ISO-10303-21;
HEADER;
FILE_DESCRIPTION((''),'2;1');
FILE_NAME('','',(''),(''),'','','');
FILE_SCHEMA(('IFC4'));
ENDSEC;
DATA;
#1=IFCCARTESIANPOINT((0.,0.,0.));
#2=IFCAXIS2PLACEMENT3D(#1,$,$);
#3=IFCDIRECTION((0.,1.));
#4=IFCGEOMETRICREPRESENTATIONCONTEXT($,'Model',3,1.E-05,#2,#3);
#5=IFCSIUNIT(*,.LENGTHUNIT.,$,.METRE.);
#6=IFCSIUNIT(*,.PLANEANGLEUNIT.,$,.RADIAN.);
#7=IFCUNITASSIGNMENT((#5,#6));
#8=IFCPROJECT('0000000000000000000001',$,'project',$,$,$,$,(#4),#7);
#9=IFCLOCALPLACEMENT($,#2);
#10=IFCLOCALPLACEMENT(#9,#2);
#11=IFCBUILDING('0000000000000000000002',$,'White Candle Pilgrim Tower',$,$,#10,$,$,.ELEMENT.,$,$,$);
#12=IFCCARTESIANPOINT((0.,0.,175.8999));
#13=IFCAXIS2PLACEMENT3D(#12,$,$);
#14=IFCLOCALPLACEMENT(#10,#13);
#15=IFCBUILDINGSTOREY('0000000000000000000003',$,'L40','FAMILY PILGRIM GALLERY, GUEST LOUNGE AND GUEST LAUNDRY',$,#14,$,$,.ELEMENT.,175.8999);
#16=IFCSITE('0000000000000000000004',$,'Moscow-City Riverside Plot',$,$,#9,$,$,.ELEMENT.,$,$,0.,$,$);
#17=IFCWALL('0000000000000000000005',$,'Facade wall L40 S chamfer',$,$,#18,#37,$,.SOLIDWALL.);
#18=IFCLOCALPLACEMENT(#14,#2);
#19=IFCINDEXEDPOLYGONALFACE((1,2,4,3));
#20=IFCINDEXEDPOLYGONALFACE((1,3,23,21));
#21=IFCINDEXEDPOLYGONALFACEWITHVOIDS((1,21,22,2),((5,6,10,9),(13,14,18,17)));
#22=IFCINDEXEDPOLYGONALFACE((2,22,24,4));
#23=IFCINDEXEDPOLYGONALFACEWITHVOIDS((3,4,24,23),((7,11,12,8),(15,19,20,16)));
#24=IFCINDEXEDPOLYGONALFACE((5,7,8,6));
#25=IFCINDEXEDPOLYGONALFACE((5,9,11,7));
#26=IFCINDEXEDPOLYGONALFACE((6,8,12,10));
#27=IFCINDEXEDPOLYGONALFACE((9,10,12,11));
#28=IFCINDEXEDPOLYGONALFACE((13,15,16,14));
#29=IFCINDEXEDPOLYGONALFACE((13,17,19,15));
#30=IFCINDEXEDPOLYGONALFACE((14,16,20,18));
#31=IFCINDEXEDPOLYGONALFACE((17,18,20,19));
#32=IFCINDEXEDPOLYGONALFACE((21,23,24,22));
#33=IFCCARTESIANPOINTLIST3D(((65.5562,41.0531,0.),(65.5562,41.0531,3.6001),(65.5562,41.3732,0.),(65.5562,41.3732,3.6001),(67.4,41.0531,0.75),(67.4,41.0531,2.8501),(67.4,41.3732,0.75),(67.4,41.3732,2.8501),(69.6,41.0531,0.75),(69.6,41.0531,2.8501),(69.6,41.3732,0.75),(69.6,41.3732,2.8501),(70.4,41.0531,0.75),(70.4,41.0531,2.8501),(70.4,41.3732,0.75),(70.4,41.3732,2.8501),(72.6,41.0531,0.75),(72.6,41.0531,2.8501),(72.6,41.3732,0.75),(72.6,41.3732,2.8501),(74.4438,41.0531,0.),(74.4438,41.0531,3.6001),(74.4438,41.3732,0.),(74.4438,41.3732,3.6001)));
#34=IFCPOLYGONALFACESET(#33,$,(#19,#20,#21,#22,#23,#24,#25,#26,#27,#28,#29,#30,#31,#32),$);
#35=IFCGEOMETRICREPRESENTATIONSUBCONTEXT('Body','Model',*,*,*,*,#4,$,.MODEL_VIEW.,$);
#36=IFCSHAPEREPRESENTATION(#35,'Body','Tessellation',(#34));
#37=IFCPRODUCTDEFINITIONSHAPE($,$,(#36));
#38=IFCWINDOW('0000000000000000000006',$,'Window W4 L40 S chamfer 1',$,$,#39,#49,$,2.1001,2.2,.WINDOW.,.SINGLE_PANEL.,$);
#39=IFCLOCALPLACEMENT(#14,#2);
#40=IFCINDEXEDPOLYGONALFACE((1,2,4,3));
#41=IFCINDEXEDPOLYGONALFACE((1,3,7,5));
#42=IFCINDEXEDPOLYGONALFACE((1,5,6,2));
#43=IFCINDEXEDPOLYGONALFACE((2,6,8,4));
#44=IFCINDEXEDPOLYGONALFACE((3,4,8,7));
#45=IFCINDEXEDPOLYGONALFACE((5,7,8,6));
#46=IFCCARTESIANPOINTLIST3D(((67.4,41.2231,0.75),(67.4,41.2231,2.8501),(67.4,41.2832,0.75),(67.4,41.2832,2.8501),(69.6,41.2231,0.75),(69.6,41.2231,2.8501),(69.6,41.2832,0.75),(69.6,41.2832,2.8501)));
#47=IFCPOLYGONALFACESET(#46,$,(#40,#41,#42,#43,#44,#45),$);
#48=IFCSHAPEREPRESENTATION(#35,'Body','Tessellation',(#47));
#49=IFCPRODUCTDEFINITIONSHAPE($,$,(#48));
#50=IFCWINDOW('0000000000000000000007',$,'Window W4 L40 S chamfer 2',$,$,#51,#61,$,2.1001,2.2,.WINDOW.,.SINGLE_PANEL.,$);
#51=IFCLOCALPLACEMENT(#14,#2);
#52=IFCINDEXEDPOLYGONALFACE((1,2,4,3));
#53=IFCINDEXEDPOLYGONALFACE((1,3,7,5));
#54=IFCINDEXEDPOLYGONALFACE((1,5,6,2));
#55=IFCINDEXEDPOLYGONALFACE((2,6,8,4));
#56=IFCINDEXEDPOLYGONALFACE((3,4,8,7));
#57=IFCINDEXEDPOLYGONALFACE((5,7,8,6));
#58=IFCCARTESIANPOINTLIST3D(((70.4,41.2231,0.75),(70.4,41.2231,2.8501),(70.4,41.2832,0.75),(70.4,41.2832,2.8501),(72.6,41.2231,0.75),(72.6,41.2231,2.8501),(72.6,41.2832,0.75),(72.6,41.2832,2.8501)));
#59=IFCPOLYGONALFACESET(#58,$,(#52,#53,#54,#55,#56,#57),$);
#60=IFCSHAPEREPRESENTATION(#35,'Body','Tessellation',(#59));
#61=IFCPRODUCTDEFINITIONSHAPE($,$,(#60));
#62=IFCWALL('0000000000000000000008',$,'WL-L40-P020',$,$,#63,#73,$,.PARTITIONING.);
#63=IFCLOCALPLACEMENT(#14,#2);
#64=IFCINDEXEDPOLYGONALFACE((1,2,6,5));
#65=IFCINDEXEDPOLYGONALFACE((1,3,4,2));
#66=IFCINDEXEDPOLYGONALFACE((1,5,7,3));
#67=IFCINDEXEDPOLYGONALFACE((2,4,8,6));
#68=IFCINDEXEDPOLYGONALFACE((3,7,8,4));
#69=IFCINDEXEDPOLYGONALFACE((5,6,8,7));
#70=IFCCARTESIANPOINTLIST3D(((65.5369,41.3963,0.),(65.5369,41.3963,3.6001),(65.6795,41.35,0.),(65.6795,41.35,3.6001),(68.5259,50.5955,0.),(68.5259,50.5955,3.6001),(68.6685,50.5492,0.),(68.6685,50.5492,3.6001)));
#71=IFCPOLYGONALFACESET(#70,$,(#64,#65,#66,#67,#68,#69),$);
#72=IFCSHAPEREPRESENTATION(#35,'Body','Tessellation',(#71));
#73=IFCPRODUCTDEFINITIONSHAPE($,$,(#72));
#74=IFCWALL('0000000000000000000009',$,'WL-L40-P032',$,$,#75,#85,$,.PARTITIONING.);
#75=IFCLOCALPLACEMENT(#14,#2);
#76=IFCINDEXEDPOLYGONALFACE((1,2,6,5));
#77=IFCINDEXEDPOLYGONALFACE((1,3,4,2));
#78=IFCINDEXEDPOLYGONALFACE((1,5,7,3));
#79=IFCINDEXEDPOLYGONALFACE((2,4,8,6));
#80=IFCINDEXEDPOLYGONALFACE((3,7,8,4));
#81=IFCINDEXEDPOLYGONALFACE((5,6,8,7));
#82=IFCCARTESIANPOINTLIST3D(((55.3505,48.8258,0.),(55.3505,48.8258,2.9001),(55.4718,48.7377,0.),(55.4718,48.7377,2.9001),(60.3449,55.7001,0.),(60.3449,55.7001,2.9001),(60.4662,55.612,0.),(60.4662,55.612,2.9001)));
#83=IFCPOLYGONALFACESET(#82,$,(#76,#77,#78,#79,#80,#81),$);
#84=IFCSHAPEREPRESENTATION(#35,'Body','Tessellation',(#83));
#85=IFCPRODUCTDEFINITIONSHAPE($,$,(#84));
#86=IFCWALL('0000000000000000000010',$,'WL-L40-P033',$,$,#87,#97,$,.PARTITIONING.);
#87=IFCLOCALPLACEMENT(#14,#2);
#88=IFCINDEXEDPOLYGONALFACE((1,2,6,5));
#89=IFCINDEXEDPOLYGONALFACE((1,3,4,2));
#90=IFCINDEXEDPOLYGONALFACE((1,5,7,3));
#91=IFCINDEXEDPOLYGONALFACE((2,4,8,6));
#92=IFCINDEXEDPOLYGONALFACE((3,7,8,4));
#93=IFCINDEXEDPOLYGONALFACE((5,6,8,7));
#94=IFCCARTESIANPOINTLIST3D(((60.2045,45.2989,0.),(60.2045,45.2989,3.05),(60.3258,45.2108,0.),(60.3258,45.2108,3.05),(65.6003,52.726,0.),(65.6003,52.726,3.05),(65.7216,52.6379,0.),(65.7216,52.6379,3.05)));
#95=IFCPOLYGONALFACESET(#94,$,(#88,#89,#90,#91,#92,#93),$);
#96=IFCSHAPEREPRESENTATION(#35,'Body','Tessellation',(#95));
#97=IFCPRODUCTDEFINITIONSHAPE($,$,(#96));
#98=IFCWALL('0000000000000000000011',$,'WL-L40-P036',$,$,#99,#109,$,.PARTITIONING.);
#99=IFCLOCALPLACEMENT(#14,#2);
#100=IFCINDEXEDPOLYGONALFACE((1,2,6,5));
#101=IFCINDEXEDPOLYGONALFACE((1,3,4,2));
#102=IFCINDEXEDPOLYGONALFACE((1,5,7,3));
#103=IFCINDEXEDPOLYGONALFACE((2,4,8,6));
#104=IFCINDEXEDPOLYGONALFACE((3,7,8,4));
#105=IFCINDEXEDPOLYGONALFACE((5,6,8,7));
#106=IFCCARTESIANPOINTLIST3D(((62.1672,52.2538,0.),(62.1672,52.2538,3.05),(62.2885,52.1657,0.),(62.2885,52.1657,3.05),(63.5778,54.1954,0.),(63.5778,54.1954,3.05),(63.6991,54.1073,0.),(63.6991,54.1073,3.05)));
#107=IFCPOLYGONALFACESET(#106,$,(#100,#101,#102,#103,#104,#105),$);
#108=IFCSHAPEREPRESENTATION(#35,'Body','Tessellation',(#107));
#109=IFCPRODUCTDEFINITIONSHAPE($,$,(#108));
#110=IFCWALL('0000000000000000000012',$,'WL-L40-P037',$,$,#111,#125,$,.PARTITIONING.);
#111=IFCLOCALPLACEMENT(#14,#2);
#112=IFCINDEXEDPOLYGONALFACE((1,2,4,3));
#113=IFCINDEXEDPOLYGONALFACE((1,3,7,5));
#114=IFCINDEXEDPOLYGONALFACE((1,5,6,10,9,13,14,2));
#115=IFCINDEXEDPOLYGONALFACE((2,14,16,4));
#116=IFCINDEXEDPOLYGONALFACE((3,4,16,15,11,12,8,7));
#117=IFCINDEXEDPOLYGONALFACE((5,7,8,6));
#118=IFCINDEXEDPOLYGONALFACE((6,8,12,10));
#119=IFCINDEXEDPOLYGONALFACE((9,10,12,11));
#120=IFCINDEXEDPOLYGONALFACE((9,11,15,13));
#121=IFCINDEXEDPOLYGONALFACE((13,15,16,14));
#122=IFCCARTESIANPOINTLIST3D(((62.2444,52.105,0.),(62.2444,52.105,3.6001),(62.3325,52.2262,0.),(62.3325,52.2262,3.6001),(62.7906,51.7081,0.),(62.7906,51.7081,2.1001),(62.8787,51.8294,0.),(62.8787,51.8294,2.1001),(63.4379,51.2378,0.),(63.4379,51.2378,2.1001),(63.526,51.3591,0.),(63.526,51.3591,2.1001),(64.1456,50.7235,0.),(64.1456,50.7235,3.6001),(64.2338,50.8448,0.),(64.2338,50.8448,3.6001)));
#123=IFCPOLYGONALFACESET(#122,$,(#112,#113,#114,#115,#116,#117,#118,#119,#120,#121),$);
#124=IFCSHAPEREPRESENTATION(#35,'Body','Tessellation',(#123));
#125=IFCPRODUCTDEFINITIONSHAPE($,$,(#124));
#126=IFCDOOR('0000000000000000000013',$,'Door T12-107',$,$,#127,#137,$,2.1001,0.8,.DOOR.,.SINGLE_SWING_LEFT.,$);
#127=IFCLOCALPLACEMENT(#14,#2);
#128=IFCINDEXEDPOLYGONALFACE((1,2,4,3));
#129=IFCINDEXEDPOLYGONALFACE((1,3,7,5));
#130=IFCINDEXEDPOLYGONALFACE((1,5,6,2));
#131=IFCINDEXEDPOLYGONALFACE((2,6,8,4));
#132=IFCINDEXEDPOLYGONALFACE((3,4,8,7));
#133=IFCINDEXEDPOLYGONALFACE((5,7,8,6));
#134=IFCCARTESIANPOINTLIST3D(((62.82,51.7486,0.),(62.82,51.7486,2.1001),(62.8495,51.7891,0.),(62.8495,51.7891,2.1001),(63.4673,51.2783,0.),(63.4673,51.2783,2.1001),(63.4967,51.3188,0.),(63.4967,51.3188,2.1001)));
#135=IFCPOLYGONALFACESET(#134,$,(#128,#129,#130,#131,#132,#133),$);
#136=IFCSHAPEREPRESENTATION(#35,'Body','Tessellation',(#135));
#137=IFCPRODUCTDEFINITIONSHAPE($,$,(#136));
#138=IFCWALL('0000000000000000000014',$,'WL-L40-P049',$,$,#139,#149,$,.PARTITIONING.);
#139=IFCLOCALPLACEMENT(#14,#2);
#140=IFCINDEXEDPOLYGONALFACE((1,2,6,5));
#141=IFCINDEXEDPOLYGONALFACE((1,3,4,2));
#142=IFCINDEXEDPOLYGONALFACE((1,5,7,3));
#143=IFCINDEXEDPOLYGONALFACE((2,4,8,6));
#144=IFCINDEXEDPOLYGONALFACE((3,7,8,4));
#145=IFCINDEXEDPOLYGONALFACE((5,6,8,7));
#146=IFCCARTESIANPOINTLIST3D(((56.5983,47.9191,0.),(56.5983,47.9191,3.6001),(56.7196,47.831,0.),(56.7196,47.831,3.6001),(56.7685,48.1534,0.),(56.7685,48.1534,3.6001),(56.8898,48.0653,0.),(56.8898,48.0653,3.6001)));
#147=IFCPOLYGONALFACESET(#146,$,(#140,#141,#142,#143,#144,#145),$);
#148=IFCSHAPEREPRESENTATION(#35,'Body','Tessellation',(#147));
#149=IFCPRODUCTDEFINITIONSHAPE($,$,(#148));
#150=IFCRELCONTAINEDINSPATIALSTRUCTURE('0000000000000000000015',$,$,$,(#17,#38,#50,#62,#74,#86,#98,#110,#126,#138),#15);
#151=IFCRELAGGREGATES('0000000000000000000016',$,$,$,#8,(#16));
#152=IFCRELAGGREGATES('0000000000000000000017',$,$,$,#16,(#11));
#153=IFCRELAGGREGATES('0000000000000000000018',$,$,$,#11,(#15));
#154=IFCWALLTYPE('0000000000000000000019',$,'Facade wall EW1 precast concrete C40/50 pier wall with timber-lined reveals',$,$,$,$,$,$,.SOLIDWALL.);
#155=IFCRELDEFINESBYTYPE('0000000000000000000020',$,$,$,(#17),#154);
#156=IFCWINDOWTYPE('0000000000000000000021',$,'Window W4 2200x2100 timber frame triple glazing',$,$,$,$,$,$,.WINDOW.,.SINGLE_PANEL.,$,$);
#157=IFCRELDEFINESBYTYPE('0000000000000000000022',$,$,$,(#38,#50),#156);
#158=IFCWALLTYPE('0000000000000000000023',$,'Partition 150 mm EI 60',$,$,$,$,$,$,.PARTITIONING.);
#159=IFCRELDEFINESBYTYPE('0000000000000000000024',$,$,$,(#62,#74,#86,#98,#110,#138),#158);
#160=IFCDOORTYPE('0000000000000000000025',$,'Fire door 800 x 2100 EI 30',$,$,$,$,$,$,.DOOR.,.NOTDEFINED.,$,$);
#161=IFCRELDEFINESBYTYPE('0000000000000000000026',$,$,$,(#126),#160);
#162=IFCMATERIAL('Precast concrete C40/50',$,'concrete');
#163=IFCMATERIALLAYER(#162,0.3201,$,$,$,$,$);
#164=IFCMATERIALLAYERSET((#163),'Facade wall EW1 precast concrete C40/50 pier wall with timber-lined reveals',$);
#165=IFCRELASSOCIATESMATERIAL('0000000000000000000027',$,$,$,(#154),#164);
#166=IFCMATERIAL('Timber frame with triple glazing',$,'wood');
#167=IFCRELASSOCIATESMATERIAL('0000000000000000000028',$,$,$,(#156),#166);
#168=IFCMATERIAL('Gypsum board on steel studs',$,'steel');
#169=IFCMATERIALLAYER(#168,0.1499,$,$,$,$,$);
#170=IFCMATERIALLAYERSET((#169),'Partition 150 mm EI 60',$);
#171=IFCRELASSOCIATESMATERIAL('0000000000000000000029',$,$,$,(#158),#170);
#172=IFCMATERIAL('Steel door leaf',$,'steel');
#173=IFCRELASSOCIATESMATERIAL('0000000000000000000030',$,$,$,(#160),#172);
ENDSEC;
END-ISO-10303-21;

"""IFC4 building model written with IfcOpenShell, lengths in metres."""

from ifc_helpers import new_model, si_unit, direction, frame, frame_2d, origin, place, context, subcontext, project, spatial, rectangle, extrude, material, layer, layer_set, type_object, element, fill, save


model = new_model("IFC4")

# Units and contexts
model_context = context("Model", 3, precision=1e-05, world=origin(), true_north=direction((0.0, 1.0)))
body_context = subcontext(model_context, "Body", "Model", "MODEL_VIEW")
ifc_project = project(units=[si_unit("LENGTHUNIT", "METRE"), si_unit("PLANEANGLEUNIT", "RADIAN")], contexts=[model_context])

# Site, building, storey
site_placement = place(None, origin())
site = spatial("IfcSite", under=ifc_project, at=site_placement, Name="Moscow-City Riverside Plot", CompositionType="ELEMENT", RefElevation=0.0)
building_placement = place(site_placement, origin())
building = spatial("IfcBuilding", under=site, at=building_placement, Name="White Candle Pilgrim Tower", CompositionType="ELEMENT")
storey_placement = place(building_placement, frame((0.0, 0.0, 175.8999)))
storey = spatial("IfcBuildingStorey", under=building, at=storey_placement, Name="L40", Description="FAMILY PILGRIM GALLERY, GUEST LOUNGE AND GUEST LAUNDRY", CompositionType="ELEMENT", Elevation=175.8999)

# Wall, openings, windows
ifc_material_1 = material(Name="Precast concrete C40/50", Category="concrete")
ifc_layer_1 = layer(ifc_material_1, 0.3201)
ifc_layer_set_1 = layer_set([ifc_layer_1], Name="Facade wall EW1 precast concrete C40/50 pier wall with timber-lined reveals")
wall_type_1 = type_object("IfcWallType", Name="Facade wall EW1 precast concrete C40/50 pier wall with timber-lined reveals", PredefinedType="SOLIDWALL", material=ifc_layer_set_1)
wall_1_placement = place(storey_placement, frame((65.5562, 41.2131, 0.0), z_axis=(0.0, 0.0, 1.0), x_axis=(1.0, 0.0, 0.0)))
wall_1 = element("IfcWall", 1, at=wall_1_placement, inside=storey, type_object=wall_type_1, Name="Facade wall L40 S chamfer", PredefinedType="SOLIDWALL", context=body_context, shape_type="SweptSolid", body=[
    extrude(rectangle(XDim=8.8877, YDim=0.3201, at=frame_2d((4.4438, 0.0))), origin(), (0.0, 0.0, 1.0), 3.6001),
])
opening_1_placement = place(wall_1_placement, frame((1.8438, 0.0, 0.75)))
opening_1 = element("IfcOpeningElement", 2, at=opening_1_placement, cuts=wall_1, PredefinedType="OPENING", context=body_context, shape_type="SweptSolid", body=[
    extrude(rectangle(XDim=2.2, YDim=2.1001, at=frame_2d((1.1001, 1.05))), frame((0.0, 0.1699, 0.0), z_axis=(0.0, -1.0, 0.0), x_axis=(1.0, 0.0, 0.0)), (0.0, 0.0, 1.0), 0.3401),
])
opening_2_placement = place(wall_1_placement, frame((4.8438, 0.0, 0.75)))
opening_2 = element("IfcOpeningElement", 3, at=opening_2_placement, cuts=wall_1, PredefinedType="OPENING", context=body_context, shape_type="SweptSolid", body=[
    extrude(rectangle(XDim=2.2, YDim=2.1001, at=frame_2d((1.1001, 1.05))), frame((0.0, 0.1699, 0.0), z_axis=(0.0, -1.0, 0.0), x_axis=(1.0, 0.0, 0.0)), (0.0, 0.0, 1.0), 0.3401),
])
ifc_material_2 = material(Name="Timber frame with triple glazing", Category="wood")
window_type = type_object("IfcWindowType", Name="Window W4 2200x2100 timber frame triple glazing", PartitioningType="SINGLE_PANEL", PredefinedType="WINDOW", material=ifc_material_2)
window_1_placement = place(opening_1_placement, origin())
window_1 = element("IfcWindow", 4, at=window_1_placement, inside=storey, type_object=window_type, Name="Window W4 L40 S chamfer 1", OverallHeight=2.1001, OverallWidth=2.2, PartitioningType="SINGLE_PANEL", PredefinedType="WINDOW", context=body_context, shape_type="SweptSolid", body=[
    extrude(rectangle(XDim=2.2, YDim=2.1001, at=frame_2d((1.1001, 1.05))), frame((0.0, 0.0701, 0.0), z_axis=(0.0, -1.0, 0.0), x_axis=(1.0, 0.0, 0.0)), (0.0, 0.0, 1.0), 0.0601),
])
fill(opening_1, window_1)
window_2_placement = place(opening_2_placement, origin())
window_2 = element("IfcWindow", 5, at=window_2_placement, inside=storey, type_object=window_type, Name="Window W4 L40 S chamfer 2", OverallHeight=2.1001, OverallWidth=2.2, PartitioningType="SINGLE_PANEL", PredefinedType="WINDOW", context=body_context, shape_type="SweptSolid", body=[
    extrude(rectangle(XDim=2.2, YDim=2.1001, at=frame_2d((1.1001, 1.05))), frame((0.0, 0.0701, 0.0), z_axis=(0.0, -1.0, 0.0), x_axis=(1.0, 0.0, 0.0)), (0.0, 0.0, 1.0), 0.0601),
])
fill(opening_2, window_2)

# Walls
ifc_material_3 = material(Name="Gypsum board on steel studs", Category="steel")
ifc_layer_2 = layer(ifc_material_3, 0.1499)
ifc_layer_set_2 = layer_set([ifc_layer_2], Name="Partition 150 mm EI 60")
wall_type_2 = type_object("IfcWallType", Name="Partition 150 mm EI 60", PredefinedType="PARTITIONING", material=ifc_layer_set_2)
wall_2_placement = place(storey_placement, frame((65.6082, 41.373, 0.0), z_axis=(0.0, 0.0, 1.0), x_axis=(0.309018, 0.951056, 0.0)))
element("IfcWall", 6, at=wall_2_placement, inside=storey, type_object=wall_type_2, Name="WL-L40-P020", PredefinedType="PARTITIONING", context=body_context, shape_type="SweptSolid", body=[
    extrude(rectangle(XDim=9.6726, YDim=0.1499, at=frame_2d((4.8364, 0.0))), origin(), (0.0, 0.0, 1.0), 3.6001),
])
wall_3_placement = place(storey_placement, frame((55.4111, 48.7817, 0.0), z_axis=(0.0, 0.0, 1.0), x_axis=(0.58778, 0.809021, 0.0)))
element("IfcWall", 7, at=wall_3_placement, inside=storey, type_object=wall_type_2, Name="WL-L40-P032", PredefinedType="PARTITIONING", context=body_context, shape_type="SweptSolid", body=[
    extrude(rectangle(XDim=8.4971, YDim=0.1499, at=frame_2d((4.2485, 0.0))), origin(), (0.0, 0.0, 1.0), 2.9001),
])
wall_4_placement = place(storey_placement, frame((60.2651, 45.2549, 0.0), z_axis=(0.0, 0.0, 1.0), x_axis=(0.587765, 0.809032, 0.0)))
element("IfcWall", 8, at=wall_4_placement, inside=storey, type_object=wall_type_2, Name="WL-L40-P033", PredefinedType="PARTITIONING", context=body_context, shape_type="SweptSolid", body=[
    extrude(rectangle(XDim=9.1802, YDim=0.1499, at=frame_2d((4.5901, 0.0))), origin(), (0.0, 0.0, 1.0), 3.05),
])
wall_5_placement = place(storey_placement, frame((63.6384, 54.1514, 0.0), z_axis=(0.0, 0.0, 1.0), x_axis=(-0.587772, -0.809026, 0.0)))
element("IfcWall", 9, at=wall_5_placement, inside=storey, type_object=wall_type_2, Name="WL-L40-P036", PredefinedType="PARTITIONING", context=body_context, shape_type="SweptSolid", body=[
    extrude(rectangle(XDim=2.3999, YDim=0.1499, at=frame_2d((1.2, 0.0))), origin(), (0.0, 0.0, 1.0), 3.05),
])

# Wall, opening, door
wall_6_placement = place(storey_placement, frame((64.1897, 50.7842, 0.0), z_axis=(0.0, 0.0, 1.0), x_axis=(-0.808997, 0.587813, 0.0)))
wall_6 = element("IfcWall", 10, at=wall_6_placement, inside=storey, type_object=wall_type_2, Name="WL-L40-P037", PredefinedType="PARTITIONING", context=body_context, shape_type="SweptSolid", body=[
    extrude(rectangle(XDim=2.3501, YDim=0.1499, at=frame_2d((1.175, 0.0))), origin(), (0.0, 0.0, 1.0), 3.6001),
])
opening_3_placement = place(wall_6_placement, frame((0.875, 0.0, 0.0)))
opening_3 = element("IfcOpeningElement", 11, at=opening_3_placement, cuts=wall_6, PredefinedType="OPENING", context=body_context, shape_type="SweptSolid", body=[
    extrude(rectangle(XDim=0.8, YDim=2.1001, at=frame_2d((0.3999, 1.05))), frame((0.0, 0.085, 0.0), z_axis=(0.0, -1.0, 0.0), x_axis=(1.0, 0.0, 0.0)), (0.0, 0.0, 1.0), 0.1699),
])
ifc_material_4 = material(Name="Steel door leaf", Category="steel")
door_type = type_object("IfcDoorType", Name="Fire door 800 x 2100 EI 30", OperationType="NOTDEFINED", PredefinedType="DOOR", material=ifc_material_4)
door_placement = place(opening_3_placement, origin())
door = element("IfcDoor", 12, at=door_placement, inside=storey, type_object=door_type, Name="Door T12-107", OperationType="SINGLE_SWING_LEFT", OverallHeight=2.1001, OverallWidth=0.8, PredefinedType="DOOR", context=body_context, shape_type="SweptSolid", body=[
    extrude(rectangle(XDim=0.8, YDim=2.1001, at=frame_2d((0.3999, 1.05))), frame((0.0, 0.0249, 0.0), z_axis=(0.0, -1.0, 0.0), x_axis=(1.0, 0.0, 0.0)), (0.0, 0.0, 1.0), 0.05),
])
fill(opening_3, door)

# Wall
wall_7_placement = place(storey_placement, frame((56.8291, 48.1094, 0.0), z_axis=(0.0, 0.0, 1.0), x_axis=(-0.58752, -0.80921, 0.0)))
element("IfcWall", 13, at=wall_7_placement, inside=storey, type_object=wall_type_2, Name="WL-L40-P049", PredefinedType="PARTITIONING", context=body_context, shape_type="SweptSolid", body=[
    extrude(rectangle(XDim=0.2896, YDim=0.1499, at=frame_2d((0.1448, 0.0))), origin(), (0.0, 0.0, 1.0), 3.6001),
])

save(model, "model.ifc")
